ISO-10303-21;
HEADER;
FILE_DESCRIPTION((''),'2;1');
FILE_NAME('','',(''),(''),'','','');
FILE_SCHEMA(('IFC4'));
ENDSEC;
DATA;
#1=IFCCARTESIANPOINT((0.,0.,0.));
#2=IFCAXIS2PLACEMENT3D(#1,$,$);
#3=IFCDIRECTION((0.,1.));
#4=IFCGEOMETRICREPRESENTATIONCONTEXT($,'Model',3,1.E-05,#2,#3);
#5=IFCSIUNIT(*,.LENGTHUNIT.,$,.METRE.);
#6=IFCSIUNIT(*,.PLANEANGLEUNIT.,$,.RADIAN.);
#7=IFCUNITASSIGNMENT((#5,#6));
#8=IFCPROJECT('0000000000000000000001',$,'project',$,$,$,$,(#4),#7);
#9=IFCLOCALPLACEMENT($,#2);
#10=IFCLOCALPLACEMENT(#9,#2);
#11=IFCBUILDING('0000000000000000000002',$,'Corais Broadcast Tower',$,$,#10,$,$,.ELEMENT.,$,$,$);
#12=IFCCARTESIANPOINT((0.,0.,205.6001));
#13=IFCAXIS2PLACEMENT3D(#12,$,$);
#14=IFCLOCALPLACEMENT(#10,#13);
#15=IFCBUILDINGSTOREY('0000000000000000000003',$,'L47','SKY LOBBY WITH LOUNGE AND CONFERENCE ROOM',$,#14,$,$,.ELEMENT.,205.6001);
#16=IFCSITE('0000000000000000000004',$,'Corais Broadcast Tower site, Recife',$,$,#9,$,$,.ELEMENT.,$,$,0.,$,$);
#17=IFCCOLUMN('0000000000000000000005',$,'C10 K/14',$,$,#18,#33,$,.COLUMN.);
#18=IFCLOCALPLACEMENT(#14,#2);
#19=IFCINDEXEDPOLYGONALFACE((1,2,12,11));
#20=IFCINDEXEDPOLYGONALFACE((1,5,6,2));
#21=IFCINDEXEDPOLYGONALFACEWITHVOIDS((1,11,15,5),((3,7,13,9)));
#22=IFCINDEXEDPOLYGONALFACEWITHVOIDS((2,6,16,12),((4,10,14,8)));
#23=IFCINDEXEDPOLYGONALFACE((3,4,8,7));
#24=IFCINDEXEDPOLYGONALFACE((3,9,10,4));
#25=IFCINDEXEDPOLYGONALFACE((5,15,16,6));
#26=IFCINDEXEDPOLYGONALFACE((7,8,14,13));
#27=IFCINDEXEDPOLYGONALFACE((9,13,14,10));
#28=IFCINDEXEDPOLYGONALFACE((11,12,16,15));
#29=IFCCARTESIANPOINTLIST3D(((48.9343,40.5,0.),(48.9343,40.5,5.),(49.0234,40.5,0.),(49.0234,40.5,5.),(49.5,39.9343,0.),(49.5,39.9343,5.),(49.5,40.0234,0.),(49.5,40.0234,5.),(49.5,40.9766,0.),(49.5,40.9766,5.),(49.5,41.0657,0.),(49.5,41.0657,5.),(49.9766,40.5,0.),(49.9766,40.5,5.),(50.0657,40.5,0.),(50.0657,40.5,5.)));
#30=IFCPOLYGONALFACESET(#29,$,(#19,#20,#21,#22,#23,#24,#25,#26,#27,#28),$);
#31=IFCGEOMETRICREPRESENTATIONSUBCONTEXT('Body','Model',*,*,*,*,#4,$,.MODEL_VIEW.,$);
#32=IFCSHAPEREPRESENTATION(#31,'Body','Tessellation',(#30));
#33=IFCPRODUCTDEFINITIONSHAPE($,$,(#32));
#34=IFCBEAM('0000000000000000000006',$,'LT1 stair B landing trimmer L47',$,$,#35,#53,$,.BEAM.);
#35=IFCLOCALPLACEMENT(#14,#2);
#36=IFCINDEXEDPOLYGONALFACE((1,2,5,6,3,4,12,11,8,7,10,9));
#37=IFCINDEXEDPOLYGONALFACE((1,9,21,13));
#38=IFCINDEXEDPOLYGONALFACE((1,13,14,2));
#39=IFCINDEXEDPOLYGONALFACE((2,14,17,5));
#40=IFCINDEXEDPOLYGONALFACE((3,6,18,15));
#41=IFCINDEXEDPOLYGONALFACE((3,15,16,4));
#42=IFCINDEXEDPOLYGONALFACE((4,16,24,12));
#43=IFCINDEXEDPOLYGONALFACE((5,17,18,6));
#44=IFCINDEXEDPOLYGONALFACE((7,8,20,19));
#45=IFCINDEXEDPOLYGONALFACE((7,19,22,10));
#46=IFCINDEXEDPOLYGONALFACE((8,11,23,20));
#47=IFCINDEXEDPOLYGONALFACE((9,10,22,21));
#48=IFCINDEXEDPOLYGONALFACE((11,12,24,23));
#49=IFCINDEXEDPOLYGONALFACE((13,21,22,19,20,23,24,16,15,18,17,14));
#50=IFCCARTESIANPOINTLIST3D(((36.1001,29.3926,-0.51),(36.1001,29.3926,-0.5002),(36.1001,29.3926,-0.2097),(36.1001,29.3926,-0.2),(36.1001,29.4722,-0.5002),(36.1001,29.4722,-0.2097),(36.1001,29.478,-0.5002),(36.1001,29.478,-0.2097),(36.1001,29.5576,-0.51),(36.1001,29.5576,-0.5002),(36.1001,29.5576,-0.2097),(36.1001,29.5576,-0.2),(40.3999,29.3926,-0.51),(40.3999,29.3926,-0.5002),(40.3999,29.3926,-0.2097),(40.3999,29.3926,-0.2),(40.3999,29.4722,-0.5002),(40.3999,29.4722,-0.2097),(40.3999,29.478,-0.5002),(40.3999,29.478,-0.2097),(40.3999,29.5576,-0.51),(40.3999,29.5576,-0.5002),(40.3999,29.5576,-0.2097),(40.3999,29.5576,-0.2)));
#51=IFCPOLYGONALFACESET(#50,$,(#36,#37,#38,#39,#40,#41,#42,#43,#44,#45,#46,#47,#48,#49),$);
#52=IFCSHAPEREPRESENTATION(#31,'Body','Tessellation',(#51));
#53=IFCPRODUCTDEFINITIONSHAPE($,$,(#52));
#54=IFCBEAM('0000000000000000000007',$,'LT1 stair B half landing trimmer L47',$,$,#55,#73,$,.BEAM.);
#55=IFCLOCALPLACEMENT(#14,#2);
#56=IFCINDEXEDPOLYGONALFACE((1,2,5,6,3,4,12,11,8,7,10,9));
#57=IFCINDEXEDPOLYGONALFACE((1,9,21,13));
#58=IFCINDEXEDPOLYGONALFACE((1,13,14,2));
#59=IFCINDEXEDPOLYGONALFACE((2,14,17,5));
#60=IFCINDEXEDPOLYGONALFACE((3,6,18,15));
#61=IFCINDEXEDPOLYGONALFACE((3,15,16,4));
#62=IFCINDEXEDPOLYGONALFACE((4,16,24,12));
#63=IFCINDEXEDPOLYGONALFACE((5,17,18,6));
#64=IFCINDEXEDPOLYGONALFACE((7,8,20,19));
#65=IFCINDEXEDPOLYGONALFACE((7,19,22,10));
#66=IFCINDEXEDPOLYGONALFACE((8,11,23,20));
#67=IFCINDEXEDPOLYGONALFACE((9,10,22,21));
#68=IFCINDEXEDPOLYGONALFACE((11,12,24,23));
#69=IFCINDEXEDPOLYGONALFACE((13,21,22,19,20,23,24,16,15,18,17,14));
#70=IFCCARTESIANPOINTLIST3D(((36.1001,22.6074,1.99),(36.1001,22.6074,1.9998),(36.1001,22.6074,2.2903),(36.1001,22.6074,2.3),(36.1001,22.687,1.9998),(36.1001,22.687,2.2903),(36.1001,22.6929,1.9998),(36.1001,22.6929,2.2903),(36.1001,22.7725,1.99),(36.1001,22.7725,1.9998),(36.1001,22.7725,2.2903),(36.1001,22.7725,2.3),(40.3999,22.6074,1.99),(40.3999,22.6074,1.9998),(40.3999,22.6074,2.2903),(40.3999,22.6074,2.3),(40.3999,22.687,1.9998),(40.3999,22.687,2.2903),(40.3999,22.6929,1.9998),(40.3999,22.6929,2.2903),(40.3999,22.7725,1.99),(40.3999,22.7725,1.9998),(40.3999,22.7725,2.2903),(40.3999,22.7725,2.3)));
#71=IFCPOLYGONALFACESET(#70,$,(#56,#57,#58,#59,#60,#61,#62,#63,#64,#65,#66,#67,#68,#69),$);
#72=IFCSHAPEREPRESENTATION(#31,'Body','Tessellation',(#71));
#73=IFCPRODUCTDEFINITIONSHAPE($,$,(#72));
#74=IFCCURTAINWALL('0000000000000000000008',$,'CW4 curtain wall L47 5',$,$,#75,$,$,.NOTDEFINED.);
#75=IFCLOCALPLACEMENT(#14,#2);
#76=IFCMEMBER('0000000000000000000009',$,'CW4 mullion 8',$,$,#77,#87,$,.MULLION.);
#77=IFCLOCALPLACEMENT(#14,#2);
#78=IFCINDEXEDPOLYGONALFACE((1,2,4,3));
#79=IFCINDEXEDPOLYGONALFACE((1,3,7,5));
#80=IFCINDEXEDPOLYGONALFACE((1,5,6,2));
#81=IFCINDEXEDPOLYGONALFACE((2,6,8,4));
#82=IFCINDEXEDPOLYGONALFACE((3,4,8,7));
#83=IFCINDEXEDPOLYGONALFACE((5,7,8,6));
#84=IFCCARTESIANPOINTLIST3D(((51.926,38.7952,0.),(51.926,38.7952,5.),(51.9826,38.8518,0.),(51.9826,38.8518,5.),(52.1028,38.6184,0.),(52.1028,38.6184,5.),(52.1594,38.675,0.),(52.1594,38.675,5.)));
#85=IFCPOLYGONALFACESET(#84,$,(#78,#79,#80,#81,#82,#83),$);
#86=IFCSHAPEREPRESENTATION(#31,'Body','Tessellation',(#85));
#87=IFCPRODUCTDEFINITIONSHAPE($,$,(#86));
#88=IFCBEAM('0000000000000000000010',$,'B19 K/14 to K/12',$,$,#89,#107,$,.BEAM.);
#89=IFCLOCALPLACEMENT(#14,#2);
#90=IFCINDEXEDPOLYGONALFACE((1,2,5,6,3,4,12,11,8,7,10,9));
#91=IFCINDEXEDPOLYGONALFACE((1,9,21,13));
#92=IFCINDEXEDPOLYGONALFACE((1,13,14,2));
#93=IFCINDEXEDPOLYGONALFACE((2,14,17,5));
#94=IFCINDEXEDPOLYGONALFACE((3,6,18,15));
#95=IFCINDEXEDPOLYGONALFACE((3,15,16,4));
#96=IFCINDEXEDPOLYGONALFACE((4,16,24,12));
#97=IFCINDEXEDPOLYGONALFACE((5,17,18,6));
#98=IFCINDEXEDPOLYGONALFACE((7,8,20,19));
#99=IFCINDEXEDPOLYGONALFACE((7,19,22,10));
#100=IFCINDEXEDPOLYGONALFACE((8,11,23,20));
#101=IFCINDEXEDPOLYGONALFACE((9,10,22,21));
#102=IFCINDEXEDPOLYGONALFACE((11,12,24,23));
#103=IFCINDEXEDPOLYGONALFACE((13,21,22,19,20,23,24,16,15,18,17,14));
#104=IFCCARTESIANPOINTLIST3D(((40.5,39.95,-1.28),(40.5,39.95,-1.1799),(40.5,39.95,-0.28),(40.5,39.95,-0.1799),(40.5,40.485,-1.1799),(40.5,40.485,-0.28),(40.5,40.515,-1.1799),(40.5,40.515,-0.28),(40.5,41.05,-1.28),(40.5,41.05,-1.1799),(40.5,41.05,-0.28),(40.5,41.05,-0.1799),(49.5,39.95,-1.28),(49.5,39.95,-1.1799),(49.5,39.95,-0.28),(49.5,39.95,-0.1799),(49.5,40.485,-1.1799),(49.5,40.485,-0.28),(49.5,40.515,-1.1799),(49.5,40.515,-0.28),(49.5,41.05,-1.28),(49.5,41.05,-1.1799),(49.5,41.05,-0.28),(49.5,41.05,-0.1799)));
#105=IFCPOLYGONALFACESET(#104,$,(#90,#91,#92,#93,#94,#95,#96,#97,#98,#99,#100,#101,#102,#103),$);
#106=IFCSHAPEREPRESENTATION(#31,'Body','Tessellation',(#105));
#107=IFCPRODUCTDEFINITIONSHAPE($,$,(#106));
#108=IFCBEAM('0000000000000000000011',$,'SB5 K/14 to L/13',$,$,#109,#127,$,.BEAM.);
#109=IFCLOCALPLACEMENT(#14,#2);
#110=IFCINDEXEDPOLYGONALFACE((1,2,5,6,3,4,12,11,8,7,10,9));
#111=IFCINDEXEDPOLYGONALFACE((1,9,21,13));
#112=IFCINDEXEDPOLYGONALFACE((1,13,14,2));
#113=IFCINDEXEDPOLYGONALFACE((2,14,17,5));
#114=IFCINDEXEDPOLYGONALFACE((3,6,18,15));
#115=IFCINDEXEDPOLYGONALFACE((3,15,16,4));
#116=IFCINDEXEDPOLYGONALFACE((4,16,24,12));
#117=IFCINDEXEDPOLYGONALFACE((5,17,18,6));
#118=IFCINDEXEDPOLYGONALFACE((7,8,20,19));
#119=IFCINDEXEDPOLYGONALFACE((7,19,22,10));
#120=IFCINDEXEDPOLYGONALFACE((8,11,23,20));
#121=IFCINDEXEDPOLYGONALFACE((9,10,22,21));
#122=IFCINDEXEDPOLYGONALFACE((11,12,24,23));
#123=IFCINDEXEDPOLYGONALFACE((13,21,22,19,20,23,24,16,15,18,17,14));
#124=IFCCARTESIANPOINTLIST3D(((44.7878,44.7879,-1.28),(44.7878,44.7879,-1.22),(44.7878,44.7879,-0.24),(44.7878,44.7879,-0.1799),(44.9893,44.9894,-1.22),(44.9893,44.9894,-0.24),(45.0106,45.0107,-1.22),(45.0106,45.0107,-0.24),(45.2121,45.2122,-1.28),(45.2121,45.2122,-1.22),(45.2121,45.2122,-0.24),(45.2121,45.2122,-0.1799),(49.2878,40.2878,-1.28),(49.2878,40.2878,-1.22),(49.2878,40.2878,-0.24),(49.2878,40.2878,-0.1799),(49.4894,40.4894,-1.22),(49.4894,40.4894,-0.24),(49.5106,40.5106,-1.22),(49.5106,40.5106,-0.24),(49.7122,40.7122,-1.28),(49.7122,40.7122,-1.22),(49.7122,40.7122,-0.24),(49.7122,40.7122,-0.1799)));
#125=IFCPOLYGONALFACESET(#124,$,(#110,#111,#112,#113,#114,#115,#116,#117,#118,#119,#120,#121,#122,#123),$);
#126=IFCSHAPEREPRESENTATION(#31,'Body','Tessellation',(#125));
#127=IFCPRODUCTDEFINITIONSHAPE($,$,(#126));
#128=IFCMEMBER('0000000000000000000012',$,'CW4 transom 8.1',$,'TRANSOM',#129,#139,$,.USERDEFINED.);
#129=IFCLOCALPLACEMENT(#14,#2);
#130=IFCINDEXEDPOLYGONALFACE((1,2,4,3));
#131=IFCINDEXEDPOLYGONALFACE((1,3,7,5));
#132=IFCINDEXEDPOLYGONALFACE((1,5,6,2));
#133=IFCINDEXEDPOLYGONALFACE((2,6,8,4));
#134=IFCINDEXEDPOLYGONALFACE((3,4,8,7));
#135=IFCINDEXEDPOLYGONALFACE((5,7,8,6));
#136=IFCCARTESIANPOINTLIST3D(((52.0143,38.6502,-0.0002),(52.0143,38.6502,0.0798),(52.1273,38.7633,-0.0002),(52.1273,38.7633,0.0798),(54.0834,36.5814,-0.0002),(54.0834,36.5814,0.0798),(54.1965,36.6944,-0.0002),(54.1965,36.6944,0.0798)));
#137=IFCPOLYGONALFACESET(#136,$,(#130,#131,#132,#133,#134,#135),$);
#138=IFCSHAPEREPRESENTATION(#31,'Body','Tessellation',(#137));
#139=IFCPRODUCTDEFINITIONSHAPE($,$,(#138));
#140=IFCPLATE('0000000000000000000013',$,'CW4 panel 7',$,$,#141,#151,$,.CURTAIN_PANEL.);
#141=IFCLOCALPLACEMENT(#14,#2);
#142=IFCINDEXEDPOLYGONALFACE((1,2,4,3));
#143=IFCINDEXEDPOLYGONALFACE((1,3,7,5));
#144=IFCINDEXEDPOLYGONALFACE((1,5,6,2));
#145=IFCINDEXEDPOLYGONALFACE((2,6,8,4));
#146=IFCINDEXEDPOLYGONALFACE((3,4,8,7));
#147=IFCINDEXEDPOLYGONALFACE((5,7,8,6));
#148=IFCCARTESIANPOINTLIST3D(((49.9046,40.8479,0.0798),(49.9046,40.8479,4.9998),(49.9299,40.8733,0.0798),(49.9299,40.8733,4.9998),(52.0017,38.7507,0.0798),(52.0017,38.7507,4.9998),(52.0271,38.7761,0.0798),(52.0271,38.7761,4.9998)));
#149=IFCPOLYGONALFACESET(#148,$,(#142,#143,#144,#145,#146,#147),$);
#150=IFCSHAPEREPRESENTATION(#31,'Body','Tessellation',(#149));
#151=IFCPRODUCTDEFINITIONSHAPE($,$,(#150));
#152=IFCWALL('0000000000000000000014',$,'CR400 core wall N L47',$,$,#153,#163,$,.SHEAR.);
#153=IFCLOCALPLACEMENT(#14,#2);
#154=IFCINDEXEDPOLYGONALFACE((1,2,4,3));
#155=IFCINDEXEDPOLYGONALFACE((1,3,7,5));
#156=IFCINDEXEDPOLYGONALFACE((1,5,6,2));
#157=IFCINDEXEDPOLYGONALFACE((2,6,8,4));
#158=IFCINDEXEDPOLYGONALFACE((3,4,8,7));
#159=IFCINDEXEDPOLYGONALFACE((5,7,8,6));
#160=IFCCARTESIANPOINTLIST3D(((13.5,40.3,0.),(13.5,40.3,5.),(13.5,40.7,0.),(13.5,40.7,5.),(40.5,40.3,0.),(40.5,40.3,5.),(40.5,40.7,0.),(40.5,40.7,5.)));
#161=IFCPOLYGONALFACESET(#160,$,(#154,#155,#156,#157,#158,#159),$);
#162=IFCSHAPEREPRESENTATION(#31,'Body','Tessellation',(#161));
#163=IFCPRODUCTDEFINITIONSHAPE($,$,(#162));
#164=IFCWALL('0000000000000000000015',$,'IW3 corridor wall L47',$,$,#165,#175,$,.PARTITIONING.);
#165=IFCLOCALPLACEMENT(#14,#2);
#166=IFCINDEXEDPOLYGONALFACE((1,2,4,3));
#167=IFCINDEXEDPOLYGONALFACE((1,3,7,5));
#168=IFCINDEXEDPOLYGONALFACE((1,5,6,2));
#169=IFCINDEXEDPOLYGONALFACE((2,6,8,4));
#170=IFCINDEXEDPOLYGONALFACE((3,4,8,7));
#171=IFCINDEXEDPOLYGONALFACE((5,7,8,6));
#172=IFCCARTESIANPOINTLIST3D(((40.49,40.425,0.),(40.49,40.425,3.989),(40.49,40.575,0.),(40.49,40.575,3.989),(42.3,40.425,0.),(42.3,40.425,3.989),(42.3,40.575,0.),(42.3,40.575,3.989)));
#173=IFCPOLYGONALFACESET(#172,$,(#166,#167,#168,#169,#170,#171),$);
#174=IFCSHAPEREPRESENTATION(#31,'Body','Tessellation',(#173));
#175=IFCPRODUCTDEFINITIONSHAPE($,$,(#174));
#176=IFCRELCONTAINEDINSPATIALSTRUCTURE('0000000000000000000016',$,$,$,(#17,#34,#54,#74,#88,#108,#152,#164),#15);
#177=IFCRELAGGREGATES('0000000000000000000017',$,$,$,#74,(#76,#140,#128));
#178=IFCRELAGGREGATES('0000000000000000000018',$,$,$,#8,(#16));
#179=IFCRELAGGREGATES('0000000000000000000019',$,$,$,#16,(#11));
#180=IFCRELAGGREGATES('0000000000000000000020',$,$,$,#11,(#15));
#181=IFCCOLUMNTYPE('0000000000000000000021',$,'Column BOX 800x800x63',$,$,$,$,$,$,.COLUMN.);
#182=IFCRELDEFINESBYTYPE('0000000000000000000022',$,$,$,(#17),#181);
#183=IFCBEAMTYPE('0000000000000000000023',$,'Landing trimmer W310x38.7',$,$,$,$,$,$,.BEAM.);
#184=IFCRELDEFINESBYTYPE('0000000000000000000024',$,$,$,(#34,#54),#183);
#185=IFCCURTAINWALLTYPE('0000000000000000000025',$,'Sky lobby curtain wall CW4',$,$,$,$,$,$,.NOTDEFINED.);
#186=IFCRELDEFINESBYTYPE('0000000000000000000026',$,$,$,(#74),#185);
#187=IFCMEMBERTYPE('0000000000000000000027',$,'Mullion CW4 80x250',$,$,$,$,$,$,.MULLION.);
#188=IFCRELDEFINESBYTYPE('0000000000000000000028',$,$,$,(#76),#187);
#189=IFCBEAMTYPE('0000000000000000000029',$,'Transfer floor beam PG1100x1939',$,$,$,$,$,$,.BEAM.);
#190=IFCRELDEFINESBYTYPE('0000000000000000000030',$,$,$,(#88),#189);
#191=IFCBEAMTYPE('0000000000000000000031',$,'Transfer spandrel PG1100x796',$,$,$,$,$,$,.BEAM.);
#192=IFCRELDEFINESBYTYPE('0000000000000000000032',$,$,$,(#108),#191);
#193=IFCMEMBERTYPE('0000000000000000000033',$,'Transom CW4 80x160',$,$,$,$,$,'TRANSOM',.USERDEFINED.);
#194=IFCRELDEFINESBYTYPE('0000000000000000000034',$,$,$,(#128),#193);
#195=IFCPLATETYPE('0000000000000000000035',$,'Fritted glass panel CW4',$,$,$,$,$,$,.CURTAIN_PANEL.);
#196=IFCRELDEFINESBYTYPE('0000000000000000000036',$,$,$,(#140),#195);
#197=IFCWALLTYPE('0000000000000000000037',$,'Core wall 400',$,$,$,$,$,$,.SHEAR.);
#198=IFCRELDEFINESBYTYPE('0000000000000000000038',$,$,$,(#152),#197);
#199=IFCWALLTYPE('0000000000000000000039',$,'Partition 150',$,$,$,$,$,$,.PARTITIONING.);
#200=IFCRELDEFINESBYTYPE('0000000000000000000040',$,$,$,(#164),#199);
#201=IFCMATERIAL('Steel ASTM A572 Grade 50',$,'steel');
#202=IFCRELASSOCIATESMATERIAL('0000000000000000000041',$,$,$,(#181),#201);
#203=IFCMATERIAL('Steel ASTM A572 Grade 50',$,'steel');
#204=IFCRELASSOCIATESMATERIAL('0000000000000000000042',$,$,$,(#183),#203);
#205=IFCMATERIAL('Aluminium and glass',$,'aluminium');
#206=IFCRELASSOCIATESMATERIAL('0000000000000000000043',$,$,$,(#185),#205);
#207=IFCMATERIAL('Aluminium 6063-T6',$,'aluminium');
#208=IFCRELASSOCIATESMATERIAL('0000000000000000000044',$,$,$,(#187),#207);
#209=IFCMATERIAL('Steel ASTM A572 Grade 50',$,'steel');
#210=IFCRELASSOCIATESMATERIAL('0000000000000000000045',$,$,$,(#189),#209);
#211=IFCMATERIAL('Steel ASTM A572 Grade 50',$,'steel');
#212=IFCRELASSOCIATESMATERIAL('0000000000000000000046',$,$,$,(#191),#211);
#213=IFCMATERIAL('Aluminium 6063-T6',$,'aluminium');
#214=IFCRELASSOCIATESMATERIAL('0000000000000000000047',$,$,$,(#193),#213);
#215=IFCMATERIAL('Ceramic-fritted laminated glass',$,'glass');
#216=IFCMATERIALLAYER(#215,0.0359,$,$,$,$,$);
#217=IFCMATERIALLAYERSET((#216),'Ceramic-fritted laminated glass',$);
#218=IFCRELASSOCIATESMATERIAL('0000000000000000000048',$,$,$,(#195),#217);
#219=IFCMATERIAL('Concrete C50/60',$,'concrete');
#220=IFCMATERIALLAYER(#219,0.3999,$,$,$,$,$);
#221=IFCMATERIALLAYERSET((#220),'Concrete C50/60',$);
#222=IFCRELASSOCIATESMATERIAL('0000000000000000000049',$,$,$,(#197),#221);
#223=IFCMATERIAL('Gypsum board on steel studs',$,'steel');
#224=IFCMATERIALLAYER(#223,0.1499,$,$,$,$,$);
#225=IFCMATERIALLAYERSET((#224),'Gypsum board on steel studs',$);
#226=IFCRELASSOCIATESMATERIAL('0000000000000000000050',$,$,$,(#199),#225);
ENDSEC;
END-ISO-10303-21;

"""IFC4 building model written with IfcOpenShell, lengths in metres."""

from ifc_helpers import new_model, si_unit, direction, frame, frame_2d, origin, origin_2d, place, context, subcontext, project, spatial, rectangle, hollow_rectangle, i_section, extrude, material, layer, layer_set, material_profile, profile_set, type_object, element, aggregate, save


model = new_model("IFC4")

# Units and contexts
model_context = context("Model", 3, precision=1e-05, world=origin(), true_north=direction((0.0, 1.0)))
body_context = subcontext(model_context, "Body", "Model", "MODEL_VIEW")
ifc_project = project(units=[si_unit("LENGTHUNIT", "METRE"), si_unit("PLANEANGLEUNIT", "RADIAN")], contexts=[model_context])

# Site, building, storey
site_placement = place(None, origin())
site = spatial("IfcSite", under=ifc_project, at=site_placement, Name="Corais Broadcast Tower site, Recife", CompositionType="ELEMENT", RefElevation=0.0)
building_placement = place(site_placement, origin())
building = spatial("IfcBuilding", under=site, at=building_placement, Name="Corais Broadcast Tower", CompositionType="ELEMENT")
storey_placement = place(building_placement, frame((0.0, 0.0, 205.6001)))
storey = spatial("IfcBuildingStorey", under=building, at=storey_placement, Name="L47", Description="SKY LOBBY WITH LOUNGE AND CONFERENCE ROOM", CompositionType="ELEMENT", Elevation=205.6001)

# Column
ifc_material_1 = material(Name="Steel ASTM A572 Grade 50", Category="steel")
ifc_material_profile_1 = material_profile(ifc_material_1, hollow_rectangle(XDim=0.8, YDim=0.8, WallThickness=0.063, at=origin_2d()), Name="BOX 800x800x63")
ifc_profile_set_1 = profile_set([ifc_material_profile_1], Name="Steel ASTM A572 Grade 50")
column_type = type_object("IfcColumnType", Name="Column BOX 800x800x63", PredefinedType="COLUMN", material=ifc_profile_set_1)
column_placement = place(storey_placement, frame((49.5, 40.5, 0.0), z_axis=(0.0, 0.0, 1.0), x_axis=(0.707107, 0.707107, 0.0)))
element("IfcColumn", 1, at=column_placement, inside=storey, type_object=column_type, Name="C10 K/14", PredefinedType="COLUMN", context=body_context, shape_type="SweptSolid", body=[
    extrude(hollow_rectangle(XDim=0.8, YDim=0.8, WallThickness=0.063, at=origin_2d()), origin(), (0.0, 0.0, 1.0), 5.0),
])

# Beams
ifc_material_2 = material(Name="Steel ASTM A572 Grade 50", Category="steel")
ifc_material_profile_2 = material_profile(ifc_material_2, i_section(OverallWidth=0.165, OverallDepth=0.3101, WebThickness=0.0059, FlangeThickness=0.0098, at=origin_2d()), Name="W310x38.7")
ifc_profile_set_2 = profile_set([ifc_material_profile_2], Name="Steel ASTM A572 Grade 50")
beam_type_1 = type_object("IfcBeamType", Name="Landing trimmer W310x38.7", PredefinedType="BEAM", material=ifc_profile_set_2)
for number, where, z_axis, x_axis, name in (
    (2, (36.1001, 29.4751, -0.355), (1.0, 0.0, 0.0), (0.0, 1.0, 0.0), "LT1 stair B landing trimmer L47"),
    (3, (36.1001, 22.6899, 2.145), (1.0, 0.0, 0.0), (0.0, 1.0, 0.0), "LT1 stair B half landing trimmer L47"),
):
    element("IfcBeam", number, at=place(storey_placement, frame(where, z_axis=z_axis, x_axis=x_axis)), inside=storey, type_object=beam_type_1, Name=name, PredefinedType="BEAM", context=body_context, shape_type="SweptSolid", body=[
        extrude(i_section(OverallWidth=0.165, OverallDepth=0.3101, WebThickness=0.0059, FlangeThickness=0.0098, at=origin_2d()), origin(), (0.0, 0.0, 1.0), 4.2998),
    ])

# Curtain wall, member
ifc_material_3 = material(Name="Aluminium and glass", Category="aluminium")
curtain_wall_type = type_object("IfcCurtainWallType", Name="Sky lobby curtain wall CW4", PredefinedType="NOTDEFINED", material=ifc_material_3)
curtain_wall_placement = place(storey_placement, origin())
curtain_wall = element("IfcCurtainWall", 4, at=curtain_wall_placement, inside=storey, type_object=curtain_wall_type, Name="CW4 curtain wall L47 5", PredefinedType="NOTDEFINED")
ifc_material_4 = material(Name="Aluminium 6063-T6", Category="aluminium")
ifc_material_profile_3 = material_profile(ifc_material_4, rectangle(XDim=0.0801, YDim=0.25, at=origin_2d()), Name="Mullion CW4 80x250")
ifc_profile_set_3 = profile_set([ifc_material_profile_3], Name="Aluminium 6063-T6")
member_type_1 = type_object("IfcMemberType", Name="Mullion CW4 80x250", PredefinedType="MULLION", material=ifc_profile_set_3)
member_1_placement = place(storey_placement, frame((52.0427, 38.7351, 0.0), z_axis=(0.0, 0.0, 1.0), x_axis=(0.707107, 0.707107, 0.0)))
member_1 = element("IfcMember", 5, at=member_1_placement, type_object=member_type_1, Name="CW4 mullion 8", PredefinedType="MULLION", context=body_context, shape_type="SweptSolid", body=[
    extrude(rectangle(XDim=0.0801, YDim=0.25, at=origin_2d()), origin(), (0.0, 0.0, 1.0), 5.0),
])

# Beams
ifc_material_5 = material(Name="Steel ASTM A572 Grade 50", Category="steel")
ifc_material_profile_4 = material_profile(ifc_material_5, i_section(OverallWidth=1.1001, OverallDepth=1.1001, WebThickness=0.03, FlangeThickness=0.1001, at=origin_2d()), Name="PG1100x1939")
ifc_profile_set_4 = profile_set([ifc_material_profile_4], Name="Steel ASTM A572 Grade 50")
beam_type_2 = type_object("IfcBeamType", Name="Transfer floor beam PG1100x1939", PredefinedType="BEAM", material=ifc_profile_set_4)
beam_1_placement = place(storey_placement, frame((49.5, 40.5, -0.73), z_axis=(-1.0, 0.0, 0.0), x_axis=(0.0, -1.0, 0.0)))
element("IfcBeam", 6, at=beam_1_placement, inside=storey, type_object=beam_type_2, Name="B19 K/14 to K/12", PredefinedType="BEAM", context=body_context, shape_type="SweptSolid", body=[
    extrude(i_section(OverallWidth=1.1001, OverallDepth=1.1001, WebThickness=0.03, FlangeThickness=0.1001, at=origin_2d()), origin(), (0.0, 0.0, 1.0), 9.0),
])
ifc_material_6 = material(Name="Steel ASTM A572 Grade 50", Category="steel")
ifc_material_profile_5 = material_profile(ifc_material_6, i_section(OverallWidth=0.6001, OverallDepth=1.1001, WebThickness=0.03, FlangeThickness=0.0601, at=origin_2d()), Name="PG1100x796")
ifc_profile_set_5 = profile_set([ifc_material_profile_5], Name="Steel ASTM A572 Grade 50")
beam_type_3 = type_object("IfcBeamType", Name="Transfer spandrel PG1100x796", PredefinedType="BEAM", material=ifc_profile_set_5)
beam_2_placement = place(storey_placement, frame((49.5, 40.5, -0.73), z_axis=(-0.707107, 0.707107, 0.0), x_axis=(-0.707107, -0.707107, 0.0)))
element("IfcBeam", 7, at=beam_2_placement, inside=storey, type_object=beam_type_3, Name="SB5 K/14 to L/13", PredefinedType="BEAM", context=body_context, shape_type="SweptSolid", body=[
    extrude(i_section(OverallWidth=0.6001, OverallDepth=1.1001, WebThickness=0.03, FlangeThickness=0.0601, at=origin_2d()), origin(), (0.0, 0.0, 1.0), 6.364),
])

# Member
ifc_material_7 = material(Name="Aluminium 6063-T6", Category="aluminium")
ifc_material_profile_6 = material_profile(ifc_material_7, rectangle(XDim=0.1599, YDim=0.0801, at=origin_2d()), Name="Transom CW4 80x160")
ifc_profile_set_6 = profile_set([ifc_material_profile_6], Name="Aluminium 6063-T6")
member_type_2 = type_object("IfcMemberType", Name="Transom CW4 80x160", ElementType="TRANSOM", PredefinedType="USERDEFINED", material=ifc_profile_set_6)
member_2_placement = place(storey_placement, frame((52.0708, 38.7068, 0.0398), z_axis=(0.707148, -0.707065, 0.0), x_axis=(0.707065, 0.707148, 0.0)))
member_2 = element("IfcMember", 8, at=member_2_placement, type_object=member_type_2, Name="CW4 transom 8.1", ObjectType="TRANSOM", PredefinedType="USERDEFINED", context=body_context, shape_type="SweptSolid", body=[
    extrude(rectangle(XDim=0.1599, YDim=0.0801, at=origin_2d()), origin(), (0.0, 0.0, 1.0), 2.926),
])

# Plate
ifc_material_8 = material(Name="Ceramic-fritted laminated glass", Category="glass")
ifc_layer_1 = layer(ifc_material_8, 0.0359)
ifc_layer_set_1 = layer_set([ifc_layer_1], Name="Ceramic-fritted laminated glass")
plate_type = type_object("IfcPlateType", Name="Fritted glass panel CW4", PredefinedType="CURTAIN_PANEL", material=ifc_layer_set_1)
plate_placement = place(storey_placement, frame((50.9658, 39.812, 0.0798), z_axis=(0.0, 0.0, 1.0), x_axis=(0.707107, -0.707107, 0.0)))
plate = element("IfcPlate", 9, at=plate_placement, type_object=plate_type, Name="CW4 panel 7", PredefinedType="CURTAIN_PANEL", context=body_context, shape_type="SweptSolid", body=[
    extrude(rectangle(XDim=2.9658, YDim=0.0359, at=origin_2d()), origin(), (0.0, 0.0, 1.0), 4.9199),
])
aggregate(curtain_wall, [member_1, plate, member_2])

# Walls
ifc_material_9 = material(Name="Concrete C50/60", Category="concrete")
ifc_layer_2 = layer(ifc_material_9, 0.3999)
ifc_layer_set_2 = layer_set([ifc_layer_2], Name="Concrete C50/60")
wall_type_1 = type_object("IfcWallType", Name="Core wall 400", PredefinedType="SHEAR", material=ifc_layer_set_2)
wall_1_placement = place(storey_placement, frame((40.5, 40.5, 0.0), z_axis=(0.0, 0.0, 1.0), x_axis=(-1.0, 0.0, 0.0)))
element("IfcWall", 10, at=wall_1_placement, inside=storey, type_object=wall_type_1, Name="CR400 core wall N L47", PredefinedType="SHEAR", context=body_context, shape_type="SweptSolid", body=[
    extrude(rectangle(XDim=27.0, YDim=0.3999, at=frame_2d((13.5, 0.0))), origin(), (0.0, 0.0, 1.0), 5.0),
])
ifc_material_10 = material(Name="Gypsum board on steel studs", Category="steel")
ifc_layer_3 = layer(ifc_material_10, 0.1499)
ifc_layer_set_3 = layer_set([ifc_layer_3], Name="Gypsum board on steel studs")
wall_type_2 = type_object("IfcWallType", Name="Partition 150", PredefinedType="PARTITIONING", material=ifc_layer_set_3)
wall_2_placement = place(storey_placement, frame((42.3, 40.5, 0.0), z_axis=(0.0, 0.0, 1.0), x_axis=(-1.0, 0.0, 0.0)))
element("IfcWall", 11, at=wall_2_placement, inside=storey, type_object=wall_type_2, Name="IW3 corridor wall L47", PredefinedType="PARTITIONING", context=body_context, shape_type="SweptSolid", body=[
    extrude(rectangle(XDim=1.8101, YDim=0.1499, at=frame_2d((0.905, 0.0))), origin(), (0.0, 0.0, 1.0), 3.989),
])

save(model, "model.ifc")
